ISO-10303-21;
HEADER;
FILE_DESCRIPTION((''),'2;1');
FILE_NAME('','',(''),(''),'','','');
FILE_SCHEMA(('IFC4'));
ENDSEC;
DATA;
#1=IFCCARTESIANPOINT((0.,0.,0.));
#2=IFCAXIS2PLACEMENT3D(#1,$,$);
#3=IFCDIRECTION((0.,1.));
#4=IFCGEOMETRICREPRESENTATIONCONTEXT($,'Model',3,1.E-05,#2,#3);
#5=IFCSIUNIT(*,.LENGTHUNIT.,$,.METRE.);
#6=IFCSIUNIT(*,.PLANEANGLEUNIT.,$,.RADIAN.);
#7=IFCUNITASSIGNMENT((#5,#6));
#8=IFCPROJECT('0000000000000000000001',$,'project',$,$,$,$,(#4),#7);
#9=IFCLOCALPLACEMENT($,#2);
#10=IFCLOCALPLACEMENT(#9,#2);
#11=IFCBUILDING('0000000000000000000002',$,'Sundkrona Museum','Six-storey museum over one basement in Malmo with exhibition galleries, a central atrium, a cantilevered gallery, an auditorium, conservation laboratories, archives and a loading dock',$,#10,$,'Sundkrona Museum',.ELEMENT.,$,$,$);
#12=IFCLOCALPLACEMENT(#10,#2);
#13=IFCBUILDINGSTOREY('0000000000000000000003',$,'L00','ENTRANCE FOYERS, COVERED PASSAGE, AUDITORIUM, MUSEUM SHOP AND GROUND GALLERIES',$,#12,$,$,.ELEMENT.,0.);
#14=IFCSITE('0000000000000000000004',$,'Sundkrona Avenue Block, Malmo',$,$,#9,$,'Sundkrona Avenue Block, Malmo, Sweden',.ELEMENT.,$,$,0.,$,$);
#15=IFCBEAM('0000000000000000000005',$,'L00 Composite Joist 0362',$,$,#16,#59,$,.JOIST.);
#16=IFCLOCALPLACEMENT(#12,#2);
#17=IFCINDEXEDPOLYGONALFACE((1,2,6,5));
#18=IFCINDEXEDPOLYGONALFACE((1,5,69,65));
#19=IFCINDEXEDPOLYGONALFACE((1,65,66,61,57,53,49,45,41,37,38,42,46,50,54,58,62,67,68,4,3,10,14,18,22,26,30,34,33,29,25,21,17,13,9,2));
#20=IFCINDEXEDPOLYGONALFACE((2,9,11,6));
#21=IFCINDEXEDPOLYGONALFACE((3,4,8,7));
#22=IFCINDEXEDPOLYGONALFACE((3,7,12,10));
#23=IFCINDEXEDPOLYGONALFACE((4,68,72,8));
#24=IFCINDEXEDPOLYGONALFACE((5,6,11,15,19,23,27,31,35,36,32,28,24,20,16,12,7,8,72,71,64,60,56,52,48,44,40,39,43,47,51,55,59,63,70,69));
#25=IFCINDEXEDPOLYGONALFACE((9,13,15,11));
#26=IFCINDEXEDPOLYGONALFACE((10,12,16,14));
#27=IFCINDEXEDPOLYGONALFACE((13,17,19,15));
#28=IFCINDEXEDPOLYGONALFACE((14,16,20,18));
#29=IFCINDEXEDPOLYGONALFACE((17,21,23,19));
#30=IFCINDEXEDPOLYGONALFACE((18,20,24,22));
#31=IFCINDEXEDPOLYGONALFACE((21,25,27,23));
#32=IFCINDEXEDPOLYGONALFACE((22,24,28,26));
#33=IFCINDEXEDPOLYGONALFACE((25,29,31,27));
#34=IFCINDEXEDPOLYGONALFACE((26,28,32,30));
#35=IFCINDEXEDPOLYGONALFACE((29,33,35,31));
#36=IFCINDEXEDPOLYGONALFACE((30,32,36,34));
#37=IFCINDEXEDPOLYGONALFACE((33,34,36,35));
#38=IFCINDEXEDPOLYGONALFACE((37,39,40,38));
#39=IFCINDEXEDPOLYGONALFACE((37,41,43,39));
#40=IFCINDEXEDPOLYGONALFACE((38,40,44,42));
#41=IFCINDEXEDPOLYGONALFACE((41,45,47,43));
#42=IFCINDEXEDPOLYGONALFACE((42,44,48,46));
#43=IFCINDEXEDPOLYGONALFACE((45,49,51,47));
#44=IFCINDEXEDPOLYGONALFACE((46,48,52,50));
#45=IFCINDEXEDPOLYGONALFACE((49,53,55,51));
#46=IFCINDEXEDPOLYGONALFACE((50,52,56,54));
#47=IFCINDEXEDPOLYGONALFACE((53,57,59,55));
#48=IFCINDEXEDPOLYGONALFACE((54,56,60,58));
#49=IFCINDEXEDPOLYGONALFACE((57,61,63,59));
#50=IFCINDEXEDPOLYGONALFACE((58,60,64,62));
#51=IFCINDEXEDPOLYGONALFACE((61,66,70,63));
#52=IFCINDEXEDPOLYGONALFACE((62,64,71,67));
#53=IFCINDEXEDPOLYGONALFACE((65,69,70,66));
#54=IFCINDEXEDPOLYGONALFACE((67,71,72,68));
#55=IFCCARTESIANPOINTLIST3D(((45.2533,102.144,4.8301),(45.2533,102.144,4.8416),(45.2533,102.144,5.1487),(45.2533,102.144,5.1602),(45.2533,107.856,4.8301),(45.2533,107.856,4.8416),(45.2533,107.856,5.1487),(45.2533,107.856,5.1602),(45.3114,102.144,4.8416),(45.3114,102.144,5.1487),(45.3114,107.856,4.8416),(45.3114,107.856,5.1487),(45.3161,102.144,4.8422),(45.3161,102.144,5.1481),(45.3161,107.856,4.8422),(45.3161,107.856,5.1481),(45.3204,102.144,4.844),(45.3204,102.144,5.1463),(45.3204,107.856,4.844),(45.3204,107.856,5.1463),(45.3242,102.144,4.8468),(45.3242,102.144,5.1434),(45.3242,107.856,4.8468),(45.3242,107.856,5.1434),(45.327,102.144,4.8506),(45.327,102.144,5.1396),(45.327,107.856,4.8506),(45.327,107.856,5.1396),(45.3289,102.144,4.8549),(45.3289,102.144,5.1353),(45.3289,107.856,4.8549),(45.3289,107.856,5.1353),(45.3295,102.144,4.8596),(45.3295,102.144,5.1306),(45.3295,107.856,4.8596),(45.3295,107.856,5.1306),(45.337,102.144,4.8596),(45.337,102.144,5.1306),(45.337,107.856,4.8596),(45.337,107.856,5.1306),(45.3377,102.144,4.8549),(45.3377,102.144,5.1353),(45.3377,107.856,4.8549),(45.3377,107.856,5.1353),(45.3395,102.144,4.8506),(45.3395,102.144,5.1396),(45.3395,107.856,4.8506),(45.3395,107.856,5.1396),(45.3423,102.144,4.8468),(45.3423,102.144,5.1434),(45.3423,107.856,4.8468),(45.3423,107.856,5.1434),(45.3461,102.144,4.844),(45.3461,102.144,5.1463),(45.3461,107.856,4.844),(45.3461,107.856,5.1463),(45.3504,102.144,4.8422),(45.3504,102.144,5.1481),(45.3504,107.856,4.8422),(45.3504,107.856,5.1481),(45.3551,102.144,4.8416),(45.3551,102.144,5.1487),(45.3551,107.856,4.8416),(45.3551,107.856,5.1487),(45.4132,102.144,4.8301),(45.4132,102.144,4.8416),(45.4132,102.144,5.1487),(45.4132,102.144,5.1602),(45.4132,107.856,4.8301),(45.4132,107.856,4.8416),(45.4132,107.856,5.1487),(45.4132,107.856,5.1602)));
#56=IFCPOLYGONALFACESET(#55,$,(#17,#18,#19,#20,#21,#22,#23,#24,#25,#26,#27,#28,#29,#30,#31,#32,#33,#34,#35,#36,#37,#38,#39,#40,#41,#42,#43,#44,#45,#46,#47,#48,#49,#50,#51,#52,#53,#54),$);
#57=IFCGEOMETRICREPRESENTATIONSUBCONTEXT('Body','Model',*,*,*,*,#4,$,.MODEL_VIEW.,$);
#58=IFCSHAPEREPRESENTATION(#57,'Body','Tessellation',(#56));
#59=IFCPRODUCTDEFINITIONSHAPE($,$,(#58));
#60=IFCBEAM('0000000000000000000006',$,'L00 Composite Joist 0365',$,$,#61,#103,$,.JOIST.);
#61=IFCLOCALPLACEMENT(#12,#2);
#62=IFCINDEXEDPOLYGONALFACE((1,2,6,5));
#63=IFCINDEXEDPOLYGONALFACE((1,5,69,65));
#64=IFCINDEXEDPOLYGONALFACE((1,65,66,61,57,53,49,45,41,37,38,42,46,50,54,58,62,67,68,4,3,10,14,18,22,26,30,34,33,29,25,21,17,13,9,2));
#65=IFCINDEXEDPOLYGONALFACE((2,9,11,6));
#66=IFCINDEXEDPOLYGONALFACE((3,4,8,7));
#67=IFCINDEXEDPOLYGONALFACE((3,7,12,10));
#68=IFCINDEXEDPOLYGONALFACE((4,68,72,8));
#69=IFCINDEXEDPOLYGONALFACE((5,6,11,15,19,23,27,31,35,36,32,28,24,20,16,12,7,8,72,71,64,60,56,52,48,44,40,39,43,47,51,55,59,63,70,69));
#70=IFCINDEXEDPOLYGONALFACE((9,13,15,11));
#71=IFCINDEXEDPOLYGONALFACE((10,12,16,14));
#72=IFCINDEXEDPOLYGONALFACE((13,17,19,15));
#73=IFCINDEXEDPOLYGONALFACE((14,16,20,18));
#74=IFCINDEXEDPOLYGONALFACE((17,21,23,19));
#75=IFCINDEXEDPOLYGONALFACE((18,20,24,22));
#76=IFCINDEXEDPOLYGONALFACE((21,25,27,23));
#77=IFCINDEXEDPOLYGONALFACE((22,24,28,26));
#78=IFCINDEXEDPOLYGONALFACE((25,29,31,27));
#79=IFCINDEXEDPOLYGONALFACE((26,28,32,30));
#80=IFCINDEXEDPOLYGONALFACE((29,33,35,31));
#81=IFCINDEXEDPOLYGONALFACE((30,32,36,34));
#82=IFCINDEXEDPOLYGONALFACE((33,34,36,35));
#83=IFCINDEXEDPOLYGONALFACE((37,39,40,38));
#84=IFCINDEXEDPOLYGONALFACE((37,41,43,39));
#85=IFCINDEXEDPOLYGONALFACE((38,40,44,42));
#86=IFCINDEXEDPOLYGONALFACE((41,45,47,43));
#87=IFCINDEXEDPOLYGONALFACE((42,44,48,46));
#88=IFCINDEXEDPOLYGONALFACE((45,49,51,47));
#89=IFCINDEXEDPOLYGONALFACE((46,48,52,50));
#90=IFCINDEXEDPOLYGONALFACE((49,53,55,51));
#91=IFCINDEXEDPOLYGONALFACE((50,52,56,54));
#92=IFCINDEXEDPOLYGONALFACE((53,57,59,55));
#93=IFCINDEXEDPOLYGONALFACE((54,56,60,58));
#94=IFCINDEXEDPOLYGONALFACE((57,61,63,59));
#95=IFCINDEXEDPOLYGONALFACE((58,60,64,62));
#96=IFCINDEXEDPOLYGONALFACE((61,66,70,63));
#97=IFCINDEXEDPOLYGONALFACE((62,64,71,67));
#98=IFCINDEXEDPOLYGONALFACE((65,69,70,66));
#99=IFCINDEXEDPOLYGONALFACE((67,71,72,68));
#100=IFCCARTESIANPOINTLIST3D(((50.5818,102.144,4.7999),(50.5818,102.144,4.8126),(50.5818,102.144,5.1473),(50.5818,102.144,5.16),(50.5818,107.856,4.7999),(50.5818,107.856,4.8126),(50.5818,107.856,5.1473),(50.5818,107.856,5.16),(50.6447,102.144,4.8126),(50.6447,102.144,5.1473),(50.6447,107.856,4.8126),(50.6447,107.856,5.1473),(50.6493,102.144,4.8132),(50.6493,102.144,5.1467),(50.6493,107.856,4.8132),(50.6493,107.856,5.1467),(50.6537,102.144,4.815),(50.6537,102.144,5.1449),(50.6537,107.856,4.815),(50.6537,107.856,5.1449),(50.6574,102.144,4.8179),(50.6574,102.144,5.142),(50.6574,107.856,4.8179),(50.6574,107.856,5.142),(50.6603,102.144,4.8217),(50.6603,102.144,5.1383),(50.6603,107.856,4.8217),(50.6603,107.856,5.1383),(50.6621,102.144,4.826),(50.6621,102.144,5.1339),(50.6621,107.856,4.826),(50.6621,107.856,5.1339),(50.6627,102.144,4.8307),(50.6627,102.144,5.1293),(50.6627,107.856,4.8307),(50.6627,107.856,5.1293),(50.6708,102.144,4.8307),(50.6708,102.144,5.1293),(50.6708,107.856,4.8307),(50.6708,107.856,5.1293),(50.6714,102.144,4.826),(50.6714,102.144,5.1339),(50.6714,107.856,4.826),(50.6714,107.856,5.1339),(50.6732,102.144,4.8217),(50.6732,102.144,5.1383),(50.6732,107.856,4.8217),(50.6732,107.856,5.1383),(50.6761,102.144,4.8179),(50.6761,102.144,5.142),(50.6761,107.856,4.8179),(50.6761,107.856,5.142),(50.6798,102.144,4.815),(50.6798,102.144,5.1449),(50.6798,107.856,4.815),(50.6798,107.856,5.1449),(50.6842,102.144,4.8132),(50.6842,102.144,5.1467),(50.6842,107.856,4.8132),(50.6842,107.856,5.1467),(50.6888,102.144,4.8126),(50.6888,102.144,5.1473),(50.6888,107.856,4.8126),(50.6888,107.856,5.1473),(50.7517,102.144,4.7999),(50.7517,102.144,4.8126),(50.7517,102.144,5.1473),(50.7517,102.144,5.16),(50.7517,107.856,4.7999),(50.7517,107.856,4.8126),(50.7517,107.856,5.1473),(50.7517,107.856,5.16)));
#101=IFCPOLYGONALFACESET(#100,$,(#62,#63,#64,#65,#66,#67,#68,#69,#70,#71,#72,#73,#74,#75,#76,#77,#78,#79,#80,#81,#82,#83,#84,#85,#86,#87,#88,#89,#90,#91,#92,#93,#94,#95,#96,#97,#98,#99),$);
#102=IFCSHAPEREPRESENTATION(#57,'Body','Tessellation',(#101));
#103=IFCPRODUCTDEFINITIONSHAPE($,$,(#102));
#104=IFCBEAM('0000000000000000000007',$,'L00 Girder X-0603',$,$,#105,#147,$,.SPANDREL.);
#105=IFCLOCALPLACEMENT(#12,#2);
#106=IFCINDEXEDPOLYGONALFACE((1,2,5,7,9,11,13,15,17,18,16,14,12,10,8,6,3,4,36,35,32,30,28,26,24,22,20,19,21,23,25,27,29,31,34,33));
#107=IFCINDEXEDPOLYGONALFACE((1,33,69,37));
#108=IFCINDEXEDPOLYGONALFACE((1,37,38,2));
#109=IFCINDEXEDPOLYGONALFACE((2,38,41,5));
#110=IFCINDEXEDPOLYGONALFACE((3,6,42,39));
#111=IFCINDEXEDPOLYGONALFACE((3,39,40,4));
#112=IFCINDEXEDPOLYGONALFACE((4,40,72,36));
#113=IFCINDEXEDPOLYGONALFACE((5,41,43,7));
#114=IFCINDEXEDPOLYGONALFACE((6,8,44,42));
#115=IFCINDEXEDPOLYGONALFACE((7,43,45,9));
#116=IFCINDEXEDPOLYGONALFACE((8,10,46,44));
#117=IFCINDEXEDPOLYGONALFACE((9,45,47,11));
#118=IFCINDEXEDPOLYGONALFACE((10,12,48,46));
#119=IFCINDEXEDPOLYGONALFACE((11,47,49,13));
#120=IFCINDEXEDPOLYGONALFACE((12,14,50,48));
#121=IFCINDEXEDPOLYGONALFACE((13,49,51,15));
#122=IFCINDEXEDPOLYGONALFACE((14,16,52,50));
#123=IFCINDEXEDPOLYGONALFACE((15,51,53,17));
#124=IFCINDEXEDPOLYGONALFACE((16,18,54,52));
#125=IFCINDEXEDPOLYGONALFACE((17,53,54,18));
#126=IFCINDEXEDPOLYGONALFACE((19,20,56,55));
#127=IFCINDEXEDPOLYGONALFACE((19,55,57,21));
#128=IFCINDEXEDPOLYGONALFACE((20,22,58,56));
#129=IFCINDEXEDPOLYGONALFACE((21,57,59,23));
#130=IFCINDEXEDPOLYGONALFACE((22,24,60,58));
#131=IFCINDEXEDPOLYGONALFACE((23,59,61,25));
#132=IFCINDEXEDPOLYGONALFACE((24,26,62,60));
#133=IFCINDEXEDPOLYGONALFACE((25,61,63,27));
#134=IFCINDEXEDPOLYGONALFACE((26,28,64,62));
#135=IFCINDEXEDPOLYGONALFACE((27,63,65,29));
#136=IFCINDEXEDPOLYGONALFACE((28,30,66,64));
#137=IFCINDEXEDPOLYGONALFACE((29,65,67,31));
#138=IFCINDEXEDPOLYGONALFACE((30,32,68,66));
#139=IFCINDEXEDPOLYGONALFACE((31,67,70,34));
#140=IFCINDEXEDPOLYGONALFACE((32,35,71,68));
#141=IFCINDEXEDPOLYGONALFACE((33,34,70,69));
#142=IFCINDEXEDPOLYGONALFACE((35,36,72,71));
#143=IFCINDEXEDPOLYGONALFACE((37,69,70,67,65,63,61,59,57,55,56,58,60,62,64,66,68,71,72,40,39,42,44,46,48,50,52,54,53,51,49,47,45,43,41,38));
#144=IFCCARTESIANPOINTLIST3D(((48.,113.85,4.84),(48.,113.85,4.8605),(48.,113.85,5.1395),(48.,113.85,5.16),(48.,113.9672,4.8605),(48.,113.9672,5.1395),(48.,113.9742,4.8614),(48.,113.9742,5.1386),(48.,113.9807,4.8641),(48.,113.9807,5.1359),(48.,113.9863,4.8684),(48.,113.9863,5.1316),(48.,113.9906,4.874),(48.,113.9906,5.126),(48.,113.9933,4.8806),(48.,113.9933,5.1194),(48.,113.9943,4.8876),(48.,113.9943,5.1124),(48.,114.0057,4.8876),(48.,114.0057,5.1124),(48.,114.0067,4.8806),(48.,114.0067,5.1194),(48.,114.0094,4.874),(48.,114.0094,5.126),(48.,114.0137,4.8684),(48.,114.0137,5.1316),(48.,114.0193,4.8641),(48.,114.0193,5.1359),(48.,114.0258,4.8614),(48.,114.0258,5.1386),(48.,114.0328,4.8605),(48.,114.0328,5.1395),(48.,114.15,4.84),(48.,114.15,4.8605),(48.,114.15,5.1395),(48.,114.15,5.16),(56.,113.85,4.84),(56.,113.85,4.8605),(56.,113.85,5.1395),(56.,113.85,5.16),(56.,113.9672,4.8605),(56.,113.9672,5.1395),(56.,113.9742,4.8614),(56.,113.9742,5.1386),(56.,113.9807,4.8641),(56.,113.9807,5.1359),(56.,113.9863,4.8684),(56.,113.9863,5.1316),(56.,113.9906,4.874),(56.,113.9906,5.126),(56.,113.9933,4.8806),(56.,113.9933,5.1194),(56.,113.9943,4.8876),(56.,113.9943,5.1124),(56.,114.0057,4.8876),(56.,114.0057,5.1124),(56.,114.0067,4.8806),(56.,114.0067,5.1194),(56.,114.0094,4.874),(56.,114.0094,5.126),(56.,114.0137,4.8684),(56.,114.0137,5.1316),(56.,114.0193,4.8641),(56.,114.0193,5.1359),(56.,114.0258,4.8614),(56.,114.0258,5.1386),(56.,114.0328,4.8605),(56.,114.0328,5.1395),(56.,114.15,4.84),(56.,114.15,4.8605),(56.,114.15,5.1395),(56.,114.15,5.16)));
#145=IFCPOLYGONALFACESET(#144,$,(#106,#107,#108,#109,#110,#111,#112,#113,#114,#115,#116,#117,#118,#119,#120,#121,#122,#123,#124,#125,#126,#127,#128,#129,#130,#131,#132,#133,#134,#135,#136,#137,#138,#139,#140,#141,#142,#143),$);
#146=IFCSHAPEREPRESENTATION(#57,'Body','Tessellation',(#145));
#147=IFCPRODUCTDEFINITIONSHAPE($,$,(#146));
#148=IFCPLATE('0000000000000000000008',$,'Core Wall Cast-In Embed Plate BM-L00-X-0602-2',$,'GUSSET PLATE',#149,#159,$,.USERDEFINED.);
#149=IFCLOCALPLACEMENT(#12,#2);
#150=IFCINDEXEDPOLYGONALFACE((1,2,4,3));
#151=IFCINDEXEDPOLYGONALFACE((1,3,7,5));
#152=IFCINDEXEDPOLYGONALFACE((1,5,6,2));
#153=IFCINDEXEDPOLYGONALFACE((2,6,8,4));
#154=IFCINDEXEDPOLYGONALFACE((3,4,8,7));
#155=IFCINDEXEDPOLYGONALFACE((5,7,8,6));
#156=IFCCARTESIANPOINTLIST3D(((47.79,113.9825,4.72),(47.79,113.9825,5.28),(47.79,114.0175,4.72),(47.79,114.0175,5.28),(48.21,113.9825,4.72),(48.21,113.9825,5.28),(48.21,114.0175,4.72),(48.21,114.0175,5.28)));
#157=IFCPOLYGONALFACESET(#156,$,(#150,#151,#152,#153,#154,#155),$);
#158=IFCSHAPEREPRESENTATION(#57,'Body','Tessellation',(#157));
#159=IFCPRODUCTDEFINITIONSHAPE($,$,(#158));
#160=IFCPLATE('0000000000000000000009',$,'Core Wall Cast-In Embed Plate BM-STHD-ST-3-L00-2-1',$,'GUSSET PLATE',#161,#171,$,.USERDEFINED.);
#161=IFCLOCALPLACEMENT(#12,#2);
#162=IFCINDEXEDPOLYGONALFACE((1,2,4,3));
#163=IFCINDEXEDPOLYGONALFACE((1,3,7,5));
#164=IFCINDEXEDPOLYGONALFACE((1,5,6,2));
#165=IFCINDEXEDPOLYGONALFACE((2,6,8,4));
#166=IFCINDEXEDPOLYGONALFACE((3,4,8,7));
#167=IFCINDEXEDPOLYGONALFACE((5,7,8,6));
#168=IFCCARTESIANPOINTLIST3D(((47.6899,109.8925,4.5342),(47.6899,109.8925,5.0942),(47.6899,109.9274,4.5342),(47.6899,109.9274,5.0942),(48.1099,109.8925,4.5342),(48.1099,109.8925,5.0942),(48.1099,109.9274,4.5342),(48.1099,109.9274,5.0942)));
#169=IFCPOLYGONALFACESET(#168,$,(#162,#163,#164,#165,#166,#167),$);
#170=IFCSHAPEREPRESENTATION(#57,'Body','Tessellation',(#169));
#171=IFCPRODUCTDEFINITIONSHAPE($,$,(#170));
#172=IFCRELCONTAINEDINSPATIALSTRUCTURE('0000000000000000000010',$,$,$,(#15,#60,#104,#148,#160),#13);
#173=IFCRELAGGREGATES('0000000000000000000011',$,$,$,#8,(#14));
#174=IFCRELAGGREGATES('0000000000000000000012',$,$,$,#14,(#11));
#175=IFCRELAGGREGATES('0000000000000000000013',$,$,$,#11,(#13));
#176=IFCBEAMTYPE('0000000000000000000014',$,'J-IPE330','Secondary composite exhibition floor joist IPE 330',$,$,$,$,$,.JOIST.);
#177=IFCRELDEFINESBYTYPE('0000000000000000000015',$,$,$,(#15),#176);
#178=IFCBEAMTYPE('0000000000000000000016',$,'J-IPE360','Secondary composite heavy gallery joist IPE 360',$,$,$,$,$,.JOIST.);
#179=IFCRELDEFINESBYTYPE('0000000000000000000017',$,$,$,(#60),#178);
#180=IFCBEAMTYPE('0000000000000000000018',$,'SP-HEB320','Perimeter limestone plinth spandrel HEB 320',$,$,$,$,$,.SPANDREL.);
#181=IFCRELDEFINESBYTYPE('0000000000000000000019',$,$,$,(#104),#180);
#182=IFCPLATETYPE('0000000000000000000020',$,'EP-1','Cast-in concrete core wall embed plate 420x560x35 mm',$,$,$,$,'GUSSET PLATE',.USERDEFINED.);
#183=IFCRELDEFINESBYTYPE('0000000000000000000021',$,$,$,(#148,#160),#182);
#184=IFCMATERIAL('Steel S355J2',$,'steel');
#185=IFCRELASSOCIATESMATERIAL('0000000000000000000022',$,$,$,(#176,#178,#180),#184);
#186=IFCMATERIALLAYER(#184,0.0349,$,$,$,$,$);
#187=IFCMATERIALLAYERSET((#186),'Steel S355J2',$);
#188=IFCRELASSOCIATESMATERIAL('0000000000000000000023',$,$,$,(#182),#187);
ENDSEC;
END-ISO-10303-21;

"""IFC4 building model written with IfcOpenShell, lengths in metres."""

from ifc_helpers import new_model, si_unit, direction, frame, origin, origin_2d, place, context, subcontext, project, spatial, rectangle, i_section, extrude, material, layer, layer_set, material_profile, profile_set, type_object, element, save


model = new_model("IFC4")

# Units and contexts
model_context = context("Model", 3, precision=1e-05, world=origin(), true_north=direction((0.0, 1.0)))
body_context = subcontext(model_context, "Body", "Model", "MODEL_VIEW")
ifc_project = project(units=[si_unit("LENGTHUNIT", "METRE"), si_unit("PLANEANGLEUNIT", "RADIAN")], contexts=[model_context])

# Site, building, storey
site_placement = place(None, origin())
site = spatial("IfcSite", under=ifc_project, at=site_placement, Name="Sundkrona Avenue Block, Malmo", LongName="Sundkrona Avenue Block, Malmo, Sweden", CompositionType="ELEMENT", RefElevation=0.0)
building_placement = place(site_placement, origin())
building = spatial("IfcBuilding", under=site, at=building_placement, Name="Sundkrona Museum", Description="Six-storey museum over one basement in Malmo with exhibition galleries, a central atrium, a cantilevered gallery, an auditorium, conservation laboratories, archives and a loading dock", LongName="Sundkrona Museum", CompositionType="ELEMENT")
storey_placement = place(building_placement, origin())
storey = spatial("IfcBuildingStorey", under=building, at=storey_placement, Name="L00", Description="ENTRANCE FOYERS, COVERED PASSAGE, AUDITORIUM, MUSEUM SHOP AND GROUND GALLERIES", CompositionType="ELEMENT", Elevation=0.0)

# Shared definitions
ifc_material_1 = material(Name="Steel S355J2", Category="steel")

# Beams
ifc_material_profile_1 = material_profile(ifc_material_1, i_section(OverallWidth=0.1599, OverallDepth=0.3301, WebThickness=0.0076, FlangeThickness=0.0115, FilletRadius=0.0181, at=origin_2d()), Name="IPE 330")
ifc_profile_set_1 = profile_set([ifc_material_profile_1], Name="Steel S355J2")
beam_type_1 = type_object("IfcBeamType", Name="J-IPE330", Description="Secondary composite exhibition floor joist IPE 330", PredefinedType="JOIST", material=ifc_profile_set_1)
beam_1_placement = place(storey_placement, frame((45.3333, 102.144, 4.9951), z_axis=(0.0, 1.0, 0.0), x_axis=(-1.0, 0.0, 0.0)))
element("IfcBeam", 1, at=beam_1_placement, inside=storey, type_object=beam_type_1, Name="L00 Composite Joist 0362", PredefinedType="JOIST", context=body_context, shape_type="SweptSolid", body=[
    extrude(i_section(OverallWidth=0.1599, OverallDepth=0.3301, WebThickness=0.0076, FlangeThickness=0.0115, FilletRadius=0.0181, at=origin_2d()), origin(), (0.0, 0.0, 1.0), 5.7119),
])
ifc_material_profile_2 = material_profile(ifc_material_1, i_section(OverallWidth=0.1699, OverallDepth=0.3601, WebThickness=0.0081, FlangeThickness=0.0127, FilletRadius=0.0181, at=origin_2d()), Name="IPE 360")
ifc_profile_set_2 = profile_set([ifc_material_profile_2], Name="Steel S355J2")
beam_type_2 = type_object("IfcBeamType", Name="J-IPE360", Description="Secondary composite heavy gallery joist IPE 360", PredefinedType="JOIST", material=ifc_profile_set_2)
beam_2_placement = place(storey_placement, frame((50.6667, 102.144, 4.98), z_axis=(0.0, 1.0, 0.0), x_axis=(-1.0, 0.0, 0.0)))
element("IfcBeam", 2, at=beam_2_placement, inside=storey, type_object=beam_type_2, Name="L00 Composite Joist 0365", PredefinedType="JOIST", context=body_context, shape_type="SweptSolid", body=[
    extrude(i_section(OverallWidth=0.1699, OverallDepth=0.3601, WebThickness=0.0081, FlangeThickness=0.0127, FilletRadius=0.0181, at=origin_2d()), origin(), (0.0, 0.0, 1.0), 5.7119),
])
ifc_material_profile_3 = material_profile(ifc_material_1, i_section(OverallWidth=0.3, OverallDepth=0.3201, WebThickness=0.0115, FlangeThickness=0.0205, FilletRadius=0.0271, at=origin_2d()), Name="HEB 320")
ifc_profile_set_3 = profile_set([ifc_material_profile_3], Name="Steel S355J2")
beam_type_3 = type_object("IfcBeamType", Name="SP-HEB320", Description="Perimeter limestone plinth spandrel HEB 320", PredefinedType="SPANDREL", material=ifc_profile_set_3)
beam_3_placement = place(storey_placement, frame((48.0, 114.0, 5.0), z_axis=(1.0, 0.0, 0.0), x_axis=(0.0, 1.0, 0.0)))
element("IfcBeam", 3, at=beam_3_placement, inside=storey, type_object=beam_type_3, Name="L00 Girder X-0603", PredefinedType="SPANDREL", context=body_context, shape_type="SweptSolid", body=[
    extrude(i_section(OverallWidth=0.3, OverallDepth=0.3201, WebThickness=0.0115, FlangeThickness=0.0205, FilletRadius=0.0271, at=origin_2d()), origin(), (0.0, 0.0, 1.0), 8.0),
])

# Plates
ifc_layer = layer(ifc_material_1, 0.0349)
ifc_layer_set = layer_set([ifc_layer], Name="Steel S355J2")
plate_type = type_object("IfcPlateType", Name="EP-1", Description="Cast-in concrete core wall embed plate 420x560x35 mm", ElementType="GUSSET PLATE", PredefinedType="USERDEFINED", material=ifc_layer_set)
for number, where, z_axis, x_axis, name in (
    (4, (48.0, 114.0, 4.72), (0.0, 0.0, 1.0), (1.0, 0.0, 0.0), "Core Wall Cast-In Embed Plate BM-L00-X-0602-2"),
    (5, (47.8999, 109.9099, 4.5342), (0.0, 0.0, 1.0), (1.0, 0.0, 0.0), "Core Wall Cast-In Embed Plate BM-STHD-ST-3-L00-2-1"),
):
    element("IfcPlate", number, at=place(storey_placement, frame(where, z_axis=z_axis, x_axis=x_axis)), inside=storey, type_object=plate_type, Name=name, ObjectType="GUSSET PLATE", PredefinedType="USERDEFINED", context=body_context, shape_type="SweptSolid", body=[
        extrude(rectangle(XDim=0.4199, YDim=0.0349, at=origin_2d()), origin(), (0.0, 0.0, 1.0), 0.5601),
    ])

save(model, "model.ifc")
